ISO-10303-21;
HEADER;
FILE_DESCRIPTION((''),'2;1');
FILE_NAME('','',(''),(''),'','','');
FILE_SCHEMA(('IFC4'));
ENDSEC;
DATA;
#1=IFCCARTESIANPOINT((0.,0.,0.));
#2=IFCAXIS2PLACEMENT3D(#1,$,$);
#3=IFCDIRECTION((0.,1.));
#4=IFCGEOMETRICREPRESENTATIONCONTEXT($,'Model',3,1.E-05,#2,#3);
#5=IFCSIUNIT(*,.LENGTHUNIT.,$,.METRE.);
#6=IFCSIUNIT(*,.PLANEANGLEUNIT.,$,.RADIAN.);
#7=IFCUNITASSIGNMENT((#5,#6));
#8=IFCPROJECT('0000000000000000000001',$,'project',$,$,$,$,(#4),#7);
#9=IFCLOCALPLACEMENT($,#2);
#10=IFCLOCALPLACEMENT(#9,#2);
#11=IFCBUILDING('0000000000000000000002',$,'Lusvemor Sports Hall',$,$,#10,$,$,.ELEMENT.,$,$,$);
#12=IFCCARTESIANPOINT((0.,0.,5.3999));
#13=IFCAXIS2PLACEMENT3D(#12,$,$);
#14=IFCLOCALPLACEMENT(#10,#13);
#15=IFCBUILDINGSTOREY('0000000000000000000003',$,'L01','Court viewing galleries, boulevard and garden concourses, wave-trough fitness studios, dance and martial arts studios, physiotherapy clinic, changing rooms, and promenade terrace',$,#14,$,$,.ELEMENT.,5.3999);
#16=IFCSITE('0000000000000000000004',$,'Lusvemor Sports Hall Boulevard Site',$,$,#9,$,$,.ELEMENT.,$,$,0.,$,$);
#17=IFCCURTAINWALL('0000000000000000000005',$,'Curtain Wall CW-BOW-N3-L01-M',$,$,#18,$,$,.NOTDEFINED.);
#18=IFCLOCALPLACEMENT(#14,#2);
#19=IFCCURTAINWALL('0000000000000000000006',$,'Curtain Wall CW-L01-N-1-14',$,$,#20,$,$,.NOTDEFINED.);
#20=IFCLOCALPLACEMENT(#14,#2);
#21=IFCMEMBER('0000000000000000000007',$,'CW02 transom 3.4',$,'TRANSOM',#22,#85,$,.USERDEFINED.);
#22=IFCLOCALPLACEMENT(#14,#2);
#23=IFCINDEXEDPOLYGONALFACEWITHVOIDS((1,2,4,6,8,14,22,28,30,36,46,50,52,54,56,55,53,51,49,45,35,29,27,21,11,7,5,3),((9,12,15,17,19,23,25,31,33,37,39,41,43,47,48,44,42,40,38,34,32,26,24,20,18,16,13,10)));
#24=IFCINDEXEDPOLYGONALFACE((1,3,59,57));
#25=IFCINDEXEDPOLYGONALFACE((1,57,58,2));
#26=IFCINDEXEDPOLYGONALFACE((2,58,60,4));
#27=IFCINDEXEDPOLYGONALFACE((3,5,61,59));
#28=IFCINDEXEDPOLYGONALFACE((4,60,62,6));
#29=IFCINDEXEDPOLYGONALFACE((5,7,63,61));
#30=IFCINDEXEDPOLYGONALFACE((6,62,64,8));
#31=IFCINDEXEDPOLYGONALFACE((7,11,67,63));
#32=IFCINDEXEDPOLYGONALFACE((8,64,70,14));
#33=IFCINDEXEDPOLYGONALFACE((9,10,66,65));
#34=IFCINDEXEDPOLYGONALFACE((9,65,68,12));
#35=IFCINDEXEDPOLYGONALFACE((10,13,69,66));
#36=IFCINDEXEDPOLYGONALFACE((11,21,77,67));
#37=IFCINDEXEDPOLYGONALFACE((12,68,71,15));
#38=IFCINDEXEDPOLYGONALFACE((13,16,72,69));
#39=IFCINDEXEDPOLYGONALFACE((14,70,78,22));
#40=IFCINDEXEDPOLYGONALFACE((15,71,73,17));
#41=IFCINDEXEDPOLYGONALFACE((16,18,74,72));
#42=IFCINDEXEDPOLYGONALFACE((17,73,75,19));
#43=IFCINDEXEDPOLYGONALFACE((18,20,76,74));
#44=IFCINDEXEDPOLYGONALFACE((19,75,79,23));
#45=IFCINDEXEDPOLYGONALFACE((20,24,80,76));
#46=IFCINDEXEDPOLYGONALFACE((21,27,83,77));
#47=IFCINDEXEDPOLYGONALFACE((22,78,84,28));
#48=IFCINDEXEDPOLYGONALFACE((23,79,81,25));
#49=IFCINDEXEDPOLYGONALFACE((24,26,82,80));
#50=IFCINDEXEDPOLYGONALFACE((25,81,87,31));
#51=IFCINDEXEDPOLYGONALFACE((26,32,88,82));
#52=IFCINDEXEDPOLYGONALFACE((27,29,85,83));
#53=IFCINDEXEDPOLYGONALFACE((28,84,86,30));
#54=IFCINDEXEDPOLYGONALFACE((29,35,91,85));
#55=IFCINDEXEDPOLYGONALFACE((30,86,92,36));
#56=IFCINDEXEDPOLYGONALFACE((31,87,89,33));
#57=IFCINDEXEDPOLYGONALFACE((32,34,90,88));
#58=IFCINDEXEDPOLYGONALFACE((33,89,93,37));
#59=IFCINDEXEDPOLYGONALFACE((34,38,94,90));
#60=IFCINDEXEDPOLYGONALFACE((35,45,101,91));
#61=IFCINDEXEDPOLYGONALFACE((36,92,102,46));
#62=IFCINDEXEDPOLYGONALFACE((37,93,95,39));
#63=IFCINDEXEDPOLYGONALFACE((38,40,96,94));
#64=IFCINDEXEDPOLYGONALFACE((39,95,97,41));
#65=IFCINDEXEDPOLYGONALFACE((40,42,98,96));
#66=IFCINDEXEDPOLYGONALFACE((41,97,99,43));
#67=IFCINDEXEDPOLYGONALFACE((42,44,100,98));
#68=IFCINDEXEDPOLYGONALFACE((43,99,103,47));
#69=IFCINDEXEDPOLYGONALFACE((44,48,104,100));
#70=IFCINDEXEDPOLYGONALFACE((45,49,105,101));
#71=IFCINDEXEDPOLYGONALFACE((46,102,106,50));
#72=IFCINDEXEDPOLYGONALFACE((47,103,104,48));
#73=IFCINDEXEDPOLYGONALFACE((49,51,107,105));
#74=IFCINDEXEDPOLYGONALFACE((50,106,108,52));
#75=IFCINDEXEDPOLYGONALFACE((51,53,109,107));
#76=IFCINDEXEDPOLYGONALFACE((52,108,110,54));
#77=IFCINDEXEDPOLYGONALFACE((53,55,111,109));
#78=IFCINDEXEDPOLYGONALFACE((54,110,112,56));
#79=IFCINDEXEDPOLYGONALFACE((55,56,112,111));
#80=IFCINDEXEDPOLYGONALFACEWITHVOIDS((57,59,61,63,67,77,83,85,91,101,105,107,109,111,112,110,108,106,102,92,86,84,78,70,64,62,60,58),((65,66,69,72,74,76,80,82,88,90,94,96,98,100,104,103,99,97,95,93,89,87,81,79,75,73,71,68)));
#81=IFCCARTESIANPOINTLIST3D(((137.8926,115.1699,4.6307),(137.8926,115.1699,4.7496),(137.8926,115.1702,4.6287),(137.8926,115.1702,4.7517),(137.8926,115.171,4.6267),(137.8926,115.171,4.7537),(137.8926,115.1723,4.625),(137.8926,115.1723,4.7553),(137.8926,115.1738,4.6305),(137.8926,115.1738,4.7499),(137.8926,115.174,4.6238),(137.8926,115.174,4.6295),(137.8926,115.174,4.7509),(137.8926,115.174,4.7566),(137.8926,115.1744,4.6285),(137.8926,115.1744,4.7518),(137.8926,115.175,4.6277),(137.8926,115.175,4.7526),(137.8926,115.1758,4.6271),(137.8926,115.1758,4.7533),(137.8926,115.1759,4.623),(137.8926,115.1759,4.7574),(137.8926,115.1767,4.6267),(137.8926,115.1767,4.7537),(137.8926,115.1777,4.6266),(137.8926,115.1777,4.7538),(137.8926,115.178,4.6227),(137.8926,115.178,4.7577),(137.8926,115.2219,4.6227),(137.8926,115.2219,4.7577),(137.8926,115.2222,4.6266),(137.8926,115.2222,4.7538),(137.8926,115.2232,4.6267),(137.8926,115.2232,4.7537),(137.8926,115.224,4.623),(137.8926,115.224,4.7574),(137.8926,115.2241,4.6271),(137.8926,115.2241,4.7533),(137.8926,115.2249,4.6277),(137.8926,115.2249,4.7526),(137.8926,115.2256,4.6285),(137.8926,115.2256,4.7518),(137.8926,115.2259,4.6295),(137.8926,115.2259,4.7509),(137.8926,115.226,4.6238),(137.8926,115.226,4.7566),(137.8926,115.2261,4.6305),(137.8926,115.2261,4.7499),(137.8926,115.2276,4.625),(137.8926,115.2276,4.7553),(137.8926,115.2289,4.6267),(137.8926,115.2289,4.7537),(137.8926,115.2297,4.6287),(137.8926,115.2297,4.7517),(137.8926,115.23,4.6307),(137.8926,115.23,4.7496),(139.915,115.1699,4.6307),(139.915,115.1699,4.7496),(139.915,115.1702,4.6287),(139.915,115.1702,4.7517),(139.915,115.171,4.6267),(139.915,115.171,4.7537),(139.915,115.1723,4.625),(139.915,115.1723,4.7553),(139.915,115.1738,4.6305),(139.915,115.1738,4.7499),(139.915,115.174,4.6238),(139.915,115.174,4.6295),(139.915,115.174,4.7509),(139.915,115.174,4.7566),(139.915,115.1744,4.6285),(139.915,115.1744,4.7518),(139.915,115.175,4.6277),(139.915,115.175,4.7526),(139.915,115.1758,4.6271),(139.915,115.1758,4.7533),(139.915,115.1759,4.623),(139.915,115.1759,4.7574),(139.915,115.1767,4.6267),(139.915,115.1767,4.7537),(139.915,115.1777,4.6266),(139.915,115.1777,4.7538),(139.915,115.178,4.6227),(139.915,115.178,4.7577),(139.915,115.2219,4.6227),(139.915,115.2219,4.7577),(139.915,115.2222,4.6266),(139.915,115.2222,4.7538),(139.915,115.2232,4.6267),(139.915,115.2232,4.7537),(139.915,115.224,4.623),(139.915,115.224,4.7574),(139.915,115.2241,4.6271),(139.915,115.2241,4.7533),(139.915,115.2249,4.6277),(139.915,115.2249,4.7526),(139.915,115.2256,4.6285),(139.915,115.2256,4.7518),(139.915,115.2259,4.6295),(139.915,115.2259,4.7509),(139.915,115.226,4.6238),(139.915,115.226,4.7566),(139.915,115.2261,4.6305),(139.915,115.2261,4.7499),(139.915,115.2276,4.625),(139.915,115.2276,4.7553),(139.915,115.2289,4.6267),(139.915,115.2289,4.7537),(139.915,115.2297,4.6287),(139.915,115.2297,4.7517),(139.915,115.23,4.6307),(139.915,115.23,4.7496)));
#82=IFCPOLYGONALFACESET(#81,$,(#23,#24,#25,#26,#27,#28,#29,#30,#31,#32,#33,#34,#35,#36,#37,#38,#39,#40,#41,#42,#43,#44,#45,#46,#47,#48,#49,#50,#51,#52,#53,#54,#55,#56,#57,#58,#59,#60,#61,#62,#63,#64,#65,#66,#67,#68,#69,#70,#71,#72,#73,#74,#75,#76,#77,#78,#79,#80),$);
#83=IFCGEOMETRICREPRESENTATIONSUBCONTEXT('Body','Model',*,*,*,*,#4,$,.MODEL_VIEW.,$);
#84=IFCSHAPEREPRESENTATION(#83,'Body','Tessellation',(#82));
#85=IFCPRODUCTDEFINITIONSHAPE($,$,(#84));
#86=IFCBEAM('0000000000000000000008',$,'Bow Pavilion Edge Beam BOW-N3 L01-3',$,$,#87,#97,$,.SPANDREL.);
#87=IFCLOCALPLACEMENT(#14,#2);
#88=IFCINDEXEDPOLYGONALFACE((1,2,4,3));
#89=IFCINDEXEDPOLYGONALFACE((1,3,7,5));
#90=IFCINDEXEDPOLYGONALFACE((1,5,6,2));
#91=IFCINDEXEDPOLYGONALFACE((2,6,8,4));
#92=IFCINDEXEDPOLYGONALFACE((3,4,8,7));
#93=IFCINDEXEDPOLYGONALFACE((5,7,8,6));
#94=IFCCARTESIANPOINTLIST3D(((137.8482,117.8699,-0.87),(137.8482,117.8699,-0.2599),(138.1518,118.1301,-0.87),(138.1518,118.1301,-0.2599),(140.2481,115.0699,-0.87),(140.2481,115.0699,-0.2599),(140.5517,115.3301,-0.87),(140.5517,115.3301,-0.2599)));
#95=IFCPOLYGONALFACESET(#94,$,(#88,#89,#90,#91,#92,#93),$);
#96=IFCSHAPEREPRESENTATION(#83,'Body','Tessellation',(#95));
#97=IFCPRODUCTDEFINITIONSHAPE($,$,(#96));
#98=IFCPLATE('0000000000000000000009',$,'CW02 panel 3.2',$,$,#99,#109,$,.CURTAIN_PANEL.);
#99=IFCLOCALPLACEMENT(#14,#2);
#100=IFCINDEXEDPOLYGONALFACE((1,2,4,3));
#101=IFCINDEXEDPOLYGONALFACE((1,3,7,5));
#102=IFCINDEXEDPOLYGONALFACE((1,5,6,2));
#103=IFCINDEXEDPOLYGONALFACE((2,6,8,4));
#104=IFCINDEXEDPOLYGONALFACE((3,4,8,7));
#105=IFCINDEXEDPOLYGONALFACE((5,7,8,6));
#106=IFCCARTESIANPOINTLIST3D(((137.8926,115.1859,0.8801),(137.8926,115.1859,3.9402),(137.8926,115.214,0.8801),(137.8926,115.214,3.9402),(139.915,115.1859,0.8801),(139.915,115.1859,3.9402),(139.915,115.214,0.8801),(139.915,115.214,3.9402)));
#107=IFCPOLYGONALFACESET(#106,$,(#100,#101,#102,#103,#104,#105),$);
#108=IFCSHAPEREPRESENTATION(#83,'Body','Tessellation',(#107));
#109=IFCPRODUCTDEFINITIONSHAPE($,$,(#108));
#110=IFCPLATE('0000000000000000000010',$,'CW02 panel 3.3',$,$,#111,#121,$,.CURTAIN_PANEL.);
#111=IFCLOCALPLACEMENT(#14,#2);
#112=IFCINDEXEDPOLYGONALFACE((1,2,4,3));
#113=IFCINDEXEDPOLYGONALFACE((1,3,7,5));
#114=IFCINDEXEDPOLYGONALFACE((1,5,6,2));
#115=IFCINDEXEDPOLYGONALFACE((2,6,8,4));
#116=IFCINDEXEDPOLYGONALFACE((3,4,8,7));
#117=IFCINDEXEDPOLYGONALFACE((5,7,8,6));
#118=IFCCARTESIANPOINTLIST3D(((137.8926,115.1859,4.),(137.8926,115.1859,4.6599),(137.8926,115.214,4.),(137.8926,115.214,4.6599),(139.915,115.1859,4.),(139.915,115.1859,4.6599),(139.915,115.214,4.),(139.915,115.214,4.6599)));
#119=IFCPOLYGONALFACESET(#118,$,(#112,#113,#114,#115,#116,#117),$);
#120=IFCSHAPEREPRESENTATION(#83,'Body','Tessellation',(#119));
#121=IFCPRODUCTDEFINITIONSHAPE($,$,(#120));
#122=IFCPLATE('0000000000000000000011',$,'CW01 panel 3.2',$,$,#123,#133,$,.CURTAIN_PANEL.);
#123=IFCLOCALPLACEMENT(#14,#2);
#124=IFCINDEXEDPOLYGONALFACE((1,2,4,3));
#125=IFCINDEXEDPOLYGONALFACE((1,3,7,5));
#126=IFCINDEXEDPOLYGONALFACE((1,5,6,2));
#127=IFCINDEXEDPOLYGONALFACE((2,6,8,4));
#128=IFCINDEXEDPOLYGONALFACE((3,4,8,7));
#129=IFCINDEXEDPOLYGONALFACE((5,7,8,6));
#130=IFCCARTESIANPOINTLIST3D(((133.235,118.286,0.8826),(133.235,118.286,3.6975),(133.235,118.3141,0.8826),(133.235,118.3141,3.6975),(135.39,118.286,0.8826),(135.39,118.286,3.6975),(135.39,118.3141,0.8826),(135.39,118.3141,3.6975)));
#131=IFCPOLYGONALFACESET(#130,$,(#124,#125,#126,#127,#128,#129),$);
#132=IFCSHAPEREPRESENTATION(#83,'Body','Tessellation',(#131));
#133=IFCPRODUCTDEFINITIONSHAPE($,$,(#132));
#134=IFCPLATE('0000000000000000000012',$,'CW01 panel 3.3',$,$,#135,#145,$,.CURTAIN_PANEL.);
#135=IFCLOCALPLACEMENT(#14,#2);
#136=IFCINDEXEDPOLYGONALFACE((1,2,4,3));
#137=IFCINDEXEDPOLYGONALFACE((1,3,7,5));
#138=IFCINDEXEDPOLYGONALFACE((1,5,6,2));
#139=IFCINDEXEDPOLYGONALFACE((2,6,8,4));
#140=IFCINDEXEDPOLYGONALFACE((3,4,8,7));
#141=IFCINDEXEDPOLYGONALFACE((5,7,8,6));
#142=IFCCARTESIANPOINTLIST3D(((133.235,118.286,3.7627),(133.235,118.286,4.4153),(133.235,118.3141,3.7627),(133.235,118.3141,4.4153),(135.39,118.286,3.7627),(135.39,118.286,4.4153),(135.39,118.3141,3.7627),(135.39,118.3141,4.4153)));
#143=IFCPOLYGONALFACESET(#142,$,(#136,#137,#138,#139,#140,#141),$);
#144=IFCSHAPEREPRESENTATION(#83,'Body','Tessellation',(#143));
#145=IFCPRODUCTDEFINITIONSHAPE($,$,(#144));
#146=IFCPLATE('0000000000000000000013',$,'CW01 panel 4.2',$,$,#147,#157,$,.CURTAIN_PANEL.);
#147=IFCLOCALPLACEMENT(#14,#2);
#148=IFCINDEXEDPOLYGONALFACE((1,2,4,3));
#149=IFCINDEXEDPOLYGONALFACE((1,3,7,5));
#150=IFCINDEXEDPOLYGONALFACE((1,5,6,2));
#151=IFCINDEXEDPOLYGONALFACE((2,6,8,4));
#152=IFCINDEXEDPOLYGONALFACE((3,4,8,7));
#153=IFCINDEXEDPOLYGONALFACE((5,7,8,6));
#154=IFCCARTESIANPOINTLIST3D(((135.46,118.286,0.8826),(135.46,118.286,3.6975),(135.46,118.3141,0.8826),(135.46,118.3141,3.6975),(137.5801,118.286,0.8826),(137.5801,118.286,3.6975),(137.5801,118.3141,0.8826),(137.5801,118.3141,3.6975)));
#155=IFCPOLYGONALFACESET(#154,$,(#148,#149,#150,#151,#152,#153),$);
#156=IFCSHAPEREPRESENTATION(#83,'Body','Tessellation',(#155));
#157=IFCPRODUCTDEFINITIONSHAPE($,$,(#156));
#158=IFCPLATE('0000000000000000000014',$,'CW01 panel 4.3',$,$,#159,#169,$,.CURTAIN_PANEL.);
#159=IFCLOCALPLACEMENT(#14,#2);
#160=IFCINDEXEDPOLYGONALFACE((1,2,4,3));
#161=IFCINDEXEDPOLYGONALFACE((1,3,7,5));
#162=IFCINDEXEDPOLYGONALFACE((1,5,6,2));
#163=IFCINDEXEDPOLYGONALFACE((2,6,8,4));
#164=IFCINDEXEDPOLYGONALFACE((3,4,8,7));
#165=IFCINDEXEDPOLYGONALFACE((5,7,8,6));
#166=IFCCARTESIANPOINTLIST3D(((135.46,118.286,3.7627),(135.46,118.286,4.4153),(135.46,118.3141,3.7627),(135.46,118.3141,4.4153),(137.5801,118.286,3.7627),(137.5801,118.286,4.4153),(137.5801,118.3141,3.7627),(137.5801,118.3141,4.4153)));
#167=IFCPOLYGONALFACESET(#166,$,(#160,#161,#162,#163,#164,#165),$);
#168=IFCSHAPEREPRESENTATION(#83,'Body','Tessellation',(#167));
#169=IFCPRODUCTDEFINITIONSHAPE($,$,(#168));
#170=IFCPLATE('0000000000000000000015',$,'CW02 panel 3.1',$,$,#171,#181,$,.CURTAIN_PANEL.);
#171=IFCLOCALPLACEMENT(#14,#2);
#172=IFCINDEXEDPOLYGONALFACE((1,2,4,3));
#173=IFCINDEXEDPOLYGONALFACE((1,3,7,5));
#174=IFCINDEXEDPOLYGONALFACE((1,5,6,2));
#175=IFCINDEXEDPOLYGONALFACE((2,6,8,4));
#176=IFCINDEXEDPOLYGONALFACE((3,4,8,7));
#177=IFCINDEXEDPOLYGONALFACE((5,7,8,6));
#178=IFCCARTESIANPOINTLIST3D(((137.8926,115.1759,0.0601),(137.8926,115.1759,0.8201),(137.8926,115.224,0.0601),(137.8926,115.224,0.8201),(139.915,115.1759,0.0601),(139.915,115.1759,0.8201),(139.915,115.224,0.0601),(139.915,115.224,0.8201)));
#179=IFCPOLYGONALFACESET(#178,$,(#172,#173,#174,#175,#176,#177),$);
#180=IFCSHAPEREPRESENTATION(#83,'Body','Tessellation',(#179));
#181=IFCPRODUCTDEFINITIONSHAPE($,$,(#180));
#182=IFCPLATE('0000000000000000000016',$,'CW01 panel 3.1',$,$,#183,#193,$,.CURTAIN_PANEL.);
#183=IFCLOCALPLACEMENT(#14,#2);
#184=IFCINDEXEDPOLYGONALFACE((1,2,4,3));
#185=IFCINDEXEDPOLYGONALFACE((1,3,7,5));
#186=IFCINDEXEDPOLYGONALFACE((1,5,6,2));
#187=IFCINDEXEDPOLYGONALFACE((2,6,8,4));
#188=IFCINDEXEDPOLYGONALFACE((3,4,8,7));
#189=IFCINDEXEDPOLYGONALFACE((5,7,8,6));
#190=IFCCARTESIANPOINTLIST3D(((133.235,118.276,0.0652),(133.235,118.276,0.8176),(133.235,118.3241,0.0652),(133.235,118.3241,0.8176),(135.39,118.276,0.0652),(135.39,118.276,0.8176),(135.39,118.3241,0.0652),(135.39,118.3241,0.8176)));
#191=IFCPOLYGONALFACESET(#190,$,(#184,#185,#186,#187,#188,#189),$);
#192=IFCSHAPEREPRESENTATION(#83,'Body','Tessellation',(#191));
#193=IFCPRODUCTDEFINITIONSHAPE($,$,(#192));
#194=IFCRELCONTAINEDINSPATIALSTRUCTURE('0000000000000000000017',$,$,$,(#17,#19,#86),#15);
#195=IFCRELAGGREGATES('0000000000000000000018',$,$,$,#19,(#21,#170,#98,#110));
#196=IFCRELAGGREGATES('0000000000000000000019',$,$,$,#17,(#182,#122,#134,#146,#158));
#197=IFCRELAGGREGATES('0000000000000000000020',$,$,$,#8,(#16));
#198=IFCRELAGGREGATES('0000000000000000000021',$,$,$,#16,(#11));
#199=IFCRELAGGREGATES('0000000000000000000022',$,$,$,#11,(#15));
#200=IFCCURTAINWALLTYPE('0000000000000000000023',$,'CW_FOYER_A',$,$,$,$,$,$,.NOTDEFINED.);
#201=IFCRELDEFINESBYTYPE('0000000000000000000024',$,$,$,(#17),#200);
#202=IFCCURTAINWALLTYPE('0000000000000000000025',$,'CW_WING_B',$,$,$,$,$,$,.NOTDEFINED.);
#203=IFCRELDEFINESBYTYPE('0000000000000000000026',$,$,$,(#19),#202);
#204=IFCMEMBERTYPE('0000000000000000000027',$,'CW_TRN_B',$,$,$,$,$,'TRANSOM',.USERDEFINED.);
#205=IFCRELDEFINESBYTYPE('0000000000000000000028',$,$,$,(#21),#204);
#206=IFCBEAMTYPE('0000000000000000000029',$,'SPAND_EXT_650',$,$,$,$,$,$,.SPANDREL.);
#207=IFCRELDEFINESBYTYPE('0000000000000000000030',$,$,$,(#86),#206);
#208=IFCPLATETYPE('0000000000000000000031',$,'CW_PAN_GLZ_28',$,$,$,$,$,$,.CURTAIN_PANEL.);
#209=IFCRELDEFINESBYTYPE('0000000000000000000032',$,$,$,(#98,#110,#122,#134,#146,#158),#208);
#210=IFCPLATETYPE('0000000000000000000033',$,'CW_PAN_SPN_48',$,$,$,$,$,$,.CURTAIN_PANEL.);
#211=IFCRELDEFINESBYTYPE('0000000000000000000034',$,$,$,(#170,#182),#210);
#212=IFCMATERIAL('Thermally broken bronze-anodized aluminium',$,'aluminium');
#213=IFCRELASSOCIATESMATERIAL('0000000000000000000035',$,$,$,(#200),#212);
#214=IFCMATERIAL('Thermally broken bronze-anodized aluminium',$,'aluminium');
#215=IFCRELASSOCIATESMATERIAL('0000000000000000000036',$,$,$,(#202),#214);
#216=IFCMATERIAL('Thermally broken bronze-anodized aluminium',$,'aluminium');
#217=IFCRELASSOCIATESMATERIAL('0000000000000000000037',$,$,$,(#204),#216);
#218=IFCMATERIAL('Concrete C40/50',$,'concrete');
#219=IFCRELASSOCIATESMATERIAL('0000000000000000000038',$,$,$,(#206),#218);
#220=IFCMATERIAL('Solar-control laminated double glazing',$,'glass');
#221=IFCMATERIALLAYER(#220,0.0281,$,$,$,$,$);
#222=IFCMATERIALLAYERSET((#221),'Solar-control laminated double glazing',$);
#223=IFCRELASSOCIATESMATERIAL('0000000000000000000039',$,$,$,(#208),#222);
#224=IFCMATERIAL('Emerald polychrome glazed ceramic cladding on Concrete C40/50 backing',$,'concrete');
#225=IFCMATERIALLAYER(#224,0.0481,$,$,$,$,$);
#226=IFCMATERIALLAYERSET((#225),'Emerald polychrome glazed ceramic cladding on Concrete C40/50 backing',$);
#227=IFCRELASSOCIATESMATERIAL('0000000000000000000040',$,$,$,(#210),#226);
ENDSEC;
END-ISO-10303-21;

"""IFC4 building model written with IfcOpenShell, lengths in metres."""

from ifc_helpers import new_model, si_unit, direction, frame, origin, origin_2d, place, context, subcontext, project, spatial, rectangle, hollow_rectangle, extrude, material, layer, layer_set, material_profile, profile_set, type_object, element, aggregate, save


model = new_model("IFC4")

# Units and contexts
model_context = context("Model", 3, precision=1e-05, world=origin(), true_north=direction((0.0, 1.0)))
body_context = subcontext(model_context, "Body", "Model", "MODEL_VIEW")
ifc_project = project(units=[si_unit("LENGTHUNIT", "METRE"), si_unit("PLANEANGLEUNIT", "RADIAN")], contexts=[model_context])

# Site, building, storey
site_placement = place(None, origin())
site = spatial("IfcSite", under=ifc_project, at=site_placement, Name="Lusvemor Sports Hall Boulevard Site", CompositionType="ELEMENT", RefElevation=0.0)
building_placement = place(site_placement, origin())
building = spatial("IfcBuilding", under=site, at=building_placement, Name="Lusvemor Sports Hall", CompositionType="ELEMENT")
storey_placement = place(building_placement, frame((0.0, 0.0, 5.3999)))
storey = spatial("IfcBuildingStorey", under=building, at=storey_placement, Name="L01", Description="Court viewing galleries, boulevard and garden concourses, wave-trough fitness studios, dance and martial arts studios, physiotherapy clinic, changing rooms, and promenade terrace", CompositionType="ELEMENT", Elevation=5.3999)

# Curtain wall
ifc_material_1 = material(Name="Thermally broken bronze-anodized aluminium", Category="aluminium")
curtain_wall_type_1 = type_object("IfcCurtainWallType", Name="CW_FOYER_A", PredefinedType="NOTDEFINED", material=ifc_material_1)
curtain_wall_1_placement = place(storey_placement, origin())
curtain_wall_1 = element("IfcCurtainWall", 1, at=curtain_wall_1_placement, inside=storey, type_object=curtain_wall_type_1, Name="Curtain Wall CW-BOW-N3-L01-M", PredefinedType="NOTDEFINED")

# Curtain wall
ifc_material_2 = material(Name="Thermally broken bronze-anodized aluminium", Category="aluminium")
curtain_wall_type_2 = type_object("IfcCurtainWallType", Name="CW_WING_B", PredefinedType="NOTDEFINED", material=ifc_material_2)
curtain_wall_2_placement = place(storey_placement, origin())
curtain_wall_2 = element("IfcCurtainWall", 2, at=curtain_wall_2_placement, inside=storey, type_object=curtain_wall_type_2, Name="Curtain Wall CW-L01-N-1-14", PredefinedType="NOTDEFINED")

# Member
ifc_material_3 = material(Name="Thermally broken bronze-anodized aluminium", Category="aluminium")
ifc_material_profile_1 = material_profile(ifc_material_3, hollow_rectangle(XDim=0.0601, YDim=0.135, WallThickness=0.0039, InnerFilletRadius=0.0039, OuterFilletRadius=0.0081, at=origin_2d()), Name="CWTRN135x60x4")
ifc_profile_set_1 = profile_set([ifc_material_profile_1], Name="Thermally broken bronze-anodized aluminium")
member_type_1 = type_object("IfcMemberType", Name="CW_TRN_B", ElementType="TRANSOM", PredefinedType="USERDEFINED", material=ifc_profile_set_1)
member_1_placement = place(storey_placement, frame((137.8926, 115.2, 4.6902), z_axis=(1.0, 0.0, 0.0), x_axis=(0.0, 1.0, 0.0)))
member_1 = element("IfcMember", 3, at=member_1_placement, type_object=member_type_1, Name="CW02 transom 3.4", ObjectType="TRANSOM", PredefinedType="USERDEFINED", context=body_context, shape_type="SweptSolid", body=[
    extrude(hollow_rectangle(XDim=0.0601, YDim=0.135, WallThickness=0.0039, InnerFilletRadius=0.0039, OuterFilletRadius=0.0081, at=origin_2d()), origin(), (0.0, 0.0, 1.0), 2.0225),
])

# Beam
ifc_material_4 = material(Name="Concrete C40/50", Category="concrete")
ifc_material_profile_2 = material_profile(ifc_material_4, rectangle(XDim=0.3999, YDim=0.6101, at=origin_2d()), Name="RC400x610")
ifc_profile_set_2 = profile_set([ifc_material_profile_2], Name="Concrete C40/50")
beam_type = type_object("IfcBeamType", Name="SPAND_EXT_650", PredefinedType="SPANDREL", material=ifc_profile_set_2)
beam_placement = place(storey_placement, frame((138.0, 118.0, -0.5649), z_axis=(0.65077, -0.759275, 0.0), x_axis=(0.759275, 0.65077, 0.0)))
element("IfcBeam", 4, at=beam_placement, inside=storey, type_object=beam_type, Name="Bow Pavilion Edge Beam BOW-N3 L01-3", PredefinedType="SPANDREL", context=body_context, shape_type="SweptSolid", body=[
    extrude(rectangle(XDim=0.3999, YDim=0.6101, at=origin_2d()), origin(), (0.0, 0.0, 1.0), 3.6877),
])

# Plates
ifc_material_5 = material(Name="Solar-control laminated double glazing", Category="glass")
ifc_layer_1 = layer(ifc_material_5, 0.0281)
ifc_layer_set_1 = layer_set([ifc_layer_1], Name="Solar-control laminated double glazing")
plate_type_1 = type_object("IfcPlateType", Name="CW_PAN_GLZ_28", PredefinedType="CURTAIN_PANEL", material=ifc_layer_set_1)
plate_1_placement = place(storey_placement, frame((138.9038, 115.2, 0.8801), z_axis=(0.0, 0.0, 1.0), x_axis=(1.0, 0.0, 0.0)))
plate_1 = element("IfcPlate", 5, at=plate_1_placement, type_object=plate_type_1, Name="CW02 panel 3.2", PredefinedType="CURTAIN_PANEL", context=body_context, shape_type="SweptSolid", body=[
    extrude(rectangle(XDim=2.0225, YDim=0.0281, at=origin_2d()), origin(), (0.0, 0.0, 1.0), 3.0601),
])
plate_2_placement = place(storey_placement, frame((138.9038, 115.2, 4.0), z_axis=(0.0, 0.0, 1.0), x_axis=(1.0, 0.0, 0.0)))
plate_2 = element("IfcPlate", 6, at=plate_2_placement, type_object=plate_type_1, Name="CW02 panel 3.3", PredefinedType="CURTAIN_PANEL", context=body_context, shape_type="SweptSolid", body=[
    extrude(rectangle(XDim=2.0225, YDim=0.0281, at=origin_2d()), origin(), (0.0, 0.0, 1.0), 0.6599),
])
plate_3_placement = place(storey_placement, frame((134.3125, 118.3, 0.8826), z_axis=(0.0, 0.0, 1.0), x_axis=(1.0, 0.0, 0.0)))
plate_3 = element("IfcPlate", 7, at=plate_3_placement, type_object=plate_type_1, Name="CW01 panel 3.2", PredefinedType="CURTAIN_PANEL", context=body_context, shape_type="SweptSolid", body=[
    extrude(rectangle(XDim=2.155, YDim=0.0281, at=origin_2d()), origin(), (0.0, 0.0, 1.0), 2.8149),
])
plate_4_placement = place(storey_placement, frame((134.3125, 118.3, 3.7627), z_axis=(0.0, 0.0, 1.0), x_axis=(1.0, 0.0, 0.0)))
plate_4 = element("IfcPlate", 8, at=plate_4_placement, type_object=plate_type_1, Name="CW01 panel 3.3", PredefinedType="CURTAIN_PANEL", context=body_context, shape_type="SweptSolid", body=[
    extrude(rectangle(XDim=2.155, YDim=0.0281, at=origin_2d()), origin(), (0.0, 0.0, 1.0), 0.6526),
])
plate_5_placement = place(storey_placement, frame((136.52, 118.3, 0.8826), z_axis=(0.0, 0.0, 1.0), x_axis=(1.0, 0.0, 0.0)))
plate_5 = element("IfcPlate", 9, at=plate_5_placement, type_object=plate_type_1, Name="CW01 panel 4.2", PredefinedType="CURTAIN_PANEL", context=body_context, shape_type="SweptSolid", body=[
    extrude(rectangle(XDim=2.1201, YDim=0.0281, at=origin_2d()), origin(), (0.0, 0.0, 1.0), 2.8149),
])
plate_6_placement = place(storey_placement, frame((136.52, 118.3, 3.7627), z_axis=(0.0, 0.0, 1.0), x_axis=(1.0, 0.0, 0.0)))
plate_6 = element("IfcPlate", 10, at=plate_6_placement, type_object=plate_type_1, Name="CW01 panel 4.3", PredefinedType="CURTAIN_PANEL", context=body_context, shape_type="SweptSolid", body=[
    extrude(rectangle(XDim=2.1201, YDim=0.0281, at=origin_2d()), origin(), (0.0, 0.0, 1.0), 0.6526),
])
ifc_material_6 = material(Name="Emerald polychrome glazed ceramic cladding on Concrete C40/50 backing", Category="concrete")
ifc_layer_2 = layer(ifc_material_6, 0.0481)
ifc_layer_set_2 = layer_set([ifc_layer_2], Name="Emerald polychrome glazed ceramic cladding on Concrete C40/50 backing")
plate_type_2 = type_object("IfcPlateType", Name="CW_PAN_SPN_48", PredefinedType="CURTAIN_PANEL", material=ifc_layer_set_2)
plate_7_placement = place(storey_placement, frame((138.9038, 115.2, 0.0601), z_axis=(0.0, 0.0, 1.0), x_axis=(1.0, 0.0, 0.0)))
plate_7 = element("IfcPlate", 11, at=plate_7_placement, type_object=plate_type_2, Name="CW02 panel 3.1", PredefinedType="CURTAIN_PANEL", context=body_context, shape_type="SweptSolid", body=[
    extrude(rectangle(XDim=2.0225, YDim=0.0481, at=origin_2d()), origin(), (0.0, 0.0, 1.0), 0.76),
])
aggregate(curtain_wall_2, [member_1, plate_7, plate_1, plate_2])
plate_8_placement = place(storey_placement, frame((134.3125, 118.3, 0.0652), z_axis=(0.0, 0.0, 1.0), x_axis=(1.0, 0.0, 0.0)))
plate_8 = element("IfcPlate", 12, at=plate_8_placement, type_object=plate_type_2, Name="CW01 panel 3.1", PredefinedType="CURTAIN_PANEL", context=body_context, shape_type="SweptSolid", body=[
    extrude(rectangle(XDim=2.155, YDim=0.0481, at=origin_2d()), origin(), (0.0, 0.0, 1.0), 0.7524),
])
aggregate(curtain_wall_1, [plate_8, plate_3, plate_4, plate_5, plate_6])

save(model, "model.ifc")
